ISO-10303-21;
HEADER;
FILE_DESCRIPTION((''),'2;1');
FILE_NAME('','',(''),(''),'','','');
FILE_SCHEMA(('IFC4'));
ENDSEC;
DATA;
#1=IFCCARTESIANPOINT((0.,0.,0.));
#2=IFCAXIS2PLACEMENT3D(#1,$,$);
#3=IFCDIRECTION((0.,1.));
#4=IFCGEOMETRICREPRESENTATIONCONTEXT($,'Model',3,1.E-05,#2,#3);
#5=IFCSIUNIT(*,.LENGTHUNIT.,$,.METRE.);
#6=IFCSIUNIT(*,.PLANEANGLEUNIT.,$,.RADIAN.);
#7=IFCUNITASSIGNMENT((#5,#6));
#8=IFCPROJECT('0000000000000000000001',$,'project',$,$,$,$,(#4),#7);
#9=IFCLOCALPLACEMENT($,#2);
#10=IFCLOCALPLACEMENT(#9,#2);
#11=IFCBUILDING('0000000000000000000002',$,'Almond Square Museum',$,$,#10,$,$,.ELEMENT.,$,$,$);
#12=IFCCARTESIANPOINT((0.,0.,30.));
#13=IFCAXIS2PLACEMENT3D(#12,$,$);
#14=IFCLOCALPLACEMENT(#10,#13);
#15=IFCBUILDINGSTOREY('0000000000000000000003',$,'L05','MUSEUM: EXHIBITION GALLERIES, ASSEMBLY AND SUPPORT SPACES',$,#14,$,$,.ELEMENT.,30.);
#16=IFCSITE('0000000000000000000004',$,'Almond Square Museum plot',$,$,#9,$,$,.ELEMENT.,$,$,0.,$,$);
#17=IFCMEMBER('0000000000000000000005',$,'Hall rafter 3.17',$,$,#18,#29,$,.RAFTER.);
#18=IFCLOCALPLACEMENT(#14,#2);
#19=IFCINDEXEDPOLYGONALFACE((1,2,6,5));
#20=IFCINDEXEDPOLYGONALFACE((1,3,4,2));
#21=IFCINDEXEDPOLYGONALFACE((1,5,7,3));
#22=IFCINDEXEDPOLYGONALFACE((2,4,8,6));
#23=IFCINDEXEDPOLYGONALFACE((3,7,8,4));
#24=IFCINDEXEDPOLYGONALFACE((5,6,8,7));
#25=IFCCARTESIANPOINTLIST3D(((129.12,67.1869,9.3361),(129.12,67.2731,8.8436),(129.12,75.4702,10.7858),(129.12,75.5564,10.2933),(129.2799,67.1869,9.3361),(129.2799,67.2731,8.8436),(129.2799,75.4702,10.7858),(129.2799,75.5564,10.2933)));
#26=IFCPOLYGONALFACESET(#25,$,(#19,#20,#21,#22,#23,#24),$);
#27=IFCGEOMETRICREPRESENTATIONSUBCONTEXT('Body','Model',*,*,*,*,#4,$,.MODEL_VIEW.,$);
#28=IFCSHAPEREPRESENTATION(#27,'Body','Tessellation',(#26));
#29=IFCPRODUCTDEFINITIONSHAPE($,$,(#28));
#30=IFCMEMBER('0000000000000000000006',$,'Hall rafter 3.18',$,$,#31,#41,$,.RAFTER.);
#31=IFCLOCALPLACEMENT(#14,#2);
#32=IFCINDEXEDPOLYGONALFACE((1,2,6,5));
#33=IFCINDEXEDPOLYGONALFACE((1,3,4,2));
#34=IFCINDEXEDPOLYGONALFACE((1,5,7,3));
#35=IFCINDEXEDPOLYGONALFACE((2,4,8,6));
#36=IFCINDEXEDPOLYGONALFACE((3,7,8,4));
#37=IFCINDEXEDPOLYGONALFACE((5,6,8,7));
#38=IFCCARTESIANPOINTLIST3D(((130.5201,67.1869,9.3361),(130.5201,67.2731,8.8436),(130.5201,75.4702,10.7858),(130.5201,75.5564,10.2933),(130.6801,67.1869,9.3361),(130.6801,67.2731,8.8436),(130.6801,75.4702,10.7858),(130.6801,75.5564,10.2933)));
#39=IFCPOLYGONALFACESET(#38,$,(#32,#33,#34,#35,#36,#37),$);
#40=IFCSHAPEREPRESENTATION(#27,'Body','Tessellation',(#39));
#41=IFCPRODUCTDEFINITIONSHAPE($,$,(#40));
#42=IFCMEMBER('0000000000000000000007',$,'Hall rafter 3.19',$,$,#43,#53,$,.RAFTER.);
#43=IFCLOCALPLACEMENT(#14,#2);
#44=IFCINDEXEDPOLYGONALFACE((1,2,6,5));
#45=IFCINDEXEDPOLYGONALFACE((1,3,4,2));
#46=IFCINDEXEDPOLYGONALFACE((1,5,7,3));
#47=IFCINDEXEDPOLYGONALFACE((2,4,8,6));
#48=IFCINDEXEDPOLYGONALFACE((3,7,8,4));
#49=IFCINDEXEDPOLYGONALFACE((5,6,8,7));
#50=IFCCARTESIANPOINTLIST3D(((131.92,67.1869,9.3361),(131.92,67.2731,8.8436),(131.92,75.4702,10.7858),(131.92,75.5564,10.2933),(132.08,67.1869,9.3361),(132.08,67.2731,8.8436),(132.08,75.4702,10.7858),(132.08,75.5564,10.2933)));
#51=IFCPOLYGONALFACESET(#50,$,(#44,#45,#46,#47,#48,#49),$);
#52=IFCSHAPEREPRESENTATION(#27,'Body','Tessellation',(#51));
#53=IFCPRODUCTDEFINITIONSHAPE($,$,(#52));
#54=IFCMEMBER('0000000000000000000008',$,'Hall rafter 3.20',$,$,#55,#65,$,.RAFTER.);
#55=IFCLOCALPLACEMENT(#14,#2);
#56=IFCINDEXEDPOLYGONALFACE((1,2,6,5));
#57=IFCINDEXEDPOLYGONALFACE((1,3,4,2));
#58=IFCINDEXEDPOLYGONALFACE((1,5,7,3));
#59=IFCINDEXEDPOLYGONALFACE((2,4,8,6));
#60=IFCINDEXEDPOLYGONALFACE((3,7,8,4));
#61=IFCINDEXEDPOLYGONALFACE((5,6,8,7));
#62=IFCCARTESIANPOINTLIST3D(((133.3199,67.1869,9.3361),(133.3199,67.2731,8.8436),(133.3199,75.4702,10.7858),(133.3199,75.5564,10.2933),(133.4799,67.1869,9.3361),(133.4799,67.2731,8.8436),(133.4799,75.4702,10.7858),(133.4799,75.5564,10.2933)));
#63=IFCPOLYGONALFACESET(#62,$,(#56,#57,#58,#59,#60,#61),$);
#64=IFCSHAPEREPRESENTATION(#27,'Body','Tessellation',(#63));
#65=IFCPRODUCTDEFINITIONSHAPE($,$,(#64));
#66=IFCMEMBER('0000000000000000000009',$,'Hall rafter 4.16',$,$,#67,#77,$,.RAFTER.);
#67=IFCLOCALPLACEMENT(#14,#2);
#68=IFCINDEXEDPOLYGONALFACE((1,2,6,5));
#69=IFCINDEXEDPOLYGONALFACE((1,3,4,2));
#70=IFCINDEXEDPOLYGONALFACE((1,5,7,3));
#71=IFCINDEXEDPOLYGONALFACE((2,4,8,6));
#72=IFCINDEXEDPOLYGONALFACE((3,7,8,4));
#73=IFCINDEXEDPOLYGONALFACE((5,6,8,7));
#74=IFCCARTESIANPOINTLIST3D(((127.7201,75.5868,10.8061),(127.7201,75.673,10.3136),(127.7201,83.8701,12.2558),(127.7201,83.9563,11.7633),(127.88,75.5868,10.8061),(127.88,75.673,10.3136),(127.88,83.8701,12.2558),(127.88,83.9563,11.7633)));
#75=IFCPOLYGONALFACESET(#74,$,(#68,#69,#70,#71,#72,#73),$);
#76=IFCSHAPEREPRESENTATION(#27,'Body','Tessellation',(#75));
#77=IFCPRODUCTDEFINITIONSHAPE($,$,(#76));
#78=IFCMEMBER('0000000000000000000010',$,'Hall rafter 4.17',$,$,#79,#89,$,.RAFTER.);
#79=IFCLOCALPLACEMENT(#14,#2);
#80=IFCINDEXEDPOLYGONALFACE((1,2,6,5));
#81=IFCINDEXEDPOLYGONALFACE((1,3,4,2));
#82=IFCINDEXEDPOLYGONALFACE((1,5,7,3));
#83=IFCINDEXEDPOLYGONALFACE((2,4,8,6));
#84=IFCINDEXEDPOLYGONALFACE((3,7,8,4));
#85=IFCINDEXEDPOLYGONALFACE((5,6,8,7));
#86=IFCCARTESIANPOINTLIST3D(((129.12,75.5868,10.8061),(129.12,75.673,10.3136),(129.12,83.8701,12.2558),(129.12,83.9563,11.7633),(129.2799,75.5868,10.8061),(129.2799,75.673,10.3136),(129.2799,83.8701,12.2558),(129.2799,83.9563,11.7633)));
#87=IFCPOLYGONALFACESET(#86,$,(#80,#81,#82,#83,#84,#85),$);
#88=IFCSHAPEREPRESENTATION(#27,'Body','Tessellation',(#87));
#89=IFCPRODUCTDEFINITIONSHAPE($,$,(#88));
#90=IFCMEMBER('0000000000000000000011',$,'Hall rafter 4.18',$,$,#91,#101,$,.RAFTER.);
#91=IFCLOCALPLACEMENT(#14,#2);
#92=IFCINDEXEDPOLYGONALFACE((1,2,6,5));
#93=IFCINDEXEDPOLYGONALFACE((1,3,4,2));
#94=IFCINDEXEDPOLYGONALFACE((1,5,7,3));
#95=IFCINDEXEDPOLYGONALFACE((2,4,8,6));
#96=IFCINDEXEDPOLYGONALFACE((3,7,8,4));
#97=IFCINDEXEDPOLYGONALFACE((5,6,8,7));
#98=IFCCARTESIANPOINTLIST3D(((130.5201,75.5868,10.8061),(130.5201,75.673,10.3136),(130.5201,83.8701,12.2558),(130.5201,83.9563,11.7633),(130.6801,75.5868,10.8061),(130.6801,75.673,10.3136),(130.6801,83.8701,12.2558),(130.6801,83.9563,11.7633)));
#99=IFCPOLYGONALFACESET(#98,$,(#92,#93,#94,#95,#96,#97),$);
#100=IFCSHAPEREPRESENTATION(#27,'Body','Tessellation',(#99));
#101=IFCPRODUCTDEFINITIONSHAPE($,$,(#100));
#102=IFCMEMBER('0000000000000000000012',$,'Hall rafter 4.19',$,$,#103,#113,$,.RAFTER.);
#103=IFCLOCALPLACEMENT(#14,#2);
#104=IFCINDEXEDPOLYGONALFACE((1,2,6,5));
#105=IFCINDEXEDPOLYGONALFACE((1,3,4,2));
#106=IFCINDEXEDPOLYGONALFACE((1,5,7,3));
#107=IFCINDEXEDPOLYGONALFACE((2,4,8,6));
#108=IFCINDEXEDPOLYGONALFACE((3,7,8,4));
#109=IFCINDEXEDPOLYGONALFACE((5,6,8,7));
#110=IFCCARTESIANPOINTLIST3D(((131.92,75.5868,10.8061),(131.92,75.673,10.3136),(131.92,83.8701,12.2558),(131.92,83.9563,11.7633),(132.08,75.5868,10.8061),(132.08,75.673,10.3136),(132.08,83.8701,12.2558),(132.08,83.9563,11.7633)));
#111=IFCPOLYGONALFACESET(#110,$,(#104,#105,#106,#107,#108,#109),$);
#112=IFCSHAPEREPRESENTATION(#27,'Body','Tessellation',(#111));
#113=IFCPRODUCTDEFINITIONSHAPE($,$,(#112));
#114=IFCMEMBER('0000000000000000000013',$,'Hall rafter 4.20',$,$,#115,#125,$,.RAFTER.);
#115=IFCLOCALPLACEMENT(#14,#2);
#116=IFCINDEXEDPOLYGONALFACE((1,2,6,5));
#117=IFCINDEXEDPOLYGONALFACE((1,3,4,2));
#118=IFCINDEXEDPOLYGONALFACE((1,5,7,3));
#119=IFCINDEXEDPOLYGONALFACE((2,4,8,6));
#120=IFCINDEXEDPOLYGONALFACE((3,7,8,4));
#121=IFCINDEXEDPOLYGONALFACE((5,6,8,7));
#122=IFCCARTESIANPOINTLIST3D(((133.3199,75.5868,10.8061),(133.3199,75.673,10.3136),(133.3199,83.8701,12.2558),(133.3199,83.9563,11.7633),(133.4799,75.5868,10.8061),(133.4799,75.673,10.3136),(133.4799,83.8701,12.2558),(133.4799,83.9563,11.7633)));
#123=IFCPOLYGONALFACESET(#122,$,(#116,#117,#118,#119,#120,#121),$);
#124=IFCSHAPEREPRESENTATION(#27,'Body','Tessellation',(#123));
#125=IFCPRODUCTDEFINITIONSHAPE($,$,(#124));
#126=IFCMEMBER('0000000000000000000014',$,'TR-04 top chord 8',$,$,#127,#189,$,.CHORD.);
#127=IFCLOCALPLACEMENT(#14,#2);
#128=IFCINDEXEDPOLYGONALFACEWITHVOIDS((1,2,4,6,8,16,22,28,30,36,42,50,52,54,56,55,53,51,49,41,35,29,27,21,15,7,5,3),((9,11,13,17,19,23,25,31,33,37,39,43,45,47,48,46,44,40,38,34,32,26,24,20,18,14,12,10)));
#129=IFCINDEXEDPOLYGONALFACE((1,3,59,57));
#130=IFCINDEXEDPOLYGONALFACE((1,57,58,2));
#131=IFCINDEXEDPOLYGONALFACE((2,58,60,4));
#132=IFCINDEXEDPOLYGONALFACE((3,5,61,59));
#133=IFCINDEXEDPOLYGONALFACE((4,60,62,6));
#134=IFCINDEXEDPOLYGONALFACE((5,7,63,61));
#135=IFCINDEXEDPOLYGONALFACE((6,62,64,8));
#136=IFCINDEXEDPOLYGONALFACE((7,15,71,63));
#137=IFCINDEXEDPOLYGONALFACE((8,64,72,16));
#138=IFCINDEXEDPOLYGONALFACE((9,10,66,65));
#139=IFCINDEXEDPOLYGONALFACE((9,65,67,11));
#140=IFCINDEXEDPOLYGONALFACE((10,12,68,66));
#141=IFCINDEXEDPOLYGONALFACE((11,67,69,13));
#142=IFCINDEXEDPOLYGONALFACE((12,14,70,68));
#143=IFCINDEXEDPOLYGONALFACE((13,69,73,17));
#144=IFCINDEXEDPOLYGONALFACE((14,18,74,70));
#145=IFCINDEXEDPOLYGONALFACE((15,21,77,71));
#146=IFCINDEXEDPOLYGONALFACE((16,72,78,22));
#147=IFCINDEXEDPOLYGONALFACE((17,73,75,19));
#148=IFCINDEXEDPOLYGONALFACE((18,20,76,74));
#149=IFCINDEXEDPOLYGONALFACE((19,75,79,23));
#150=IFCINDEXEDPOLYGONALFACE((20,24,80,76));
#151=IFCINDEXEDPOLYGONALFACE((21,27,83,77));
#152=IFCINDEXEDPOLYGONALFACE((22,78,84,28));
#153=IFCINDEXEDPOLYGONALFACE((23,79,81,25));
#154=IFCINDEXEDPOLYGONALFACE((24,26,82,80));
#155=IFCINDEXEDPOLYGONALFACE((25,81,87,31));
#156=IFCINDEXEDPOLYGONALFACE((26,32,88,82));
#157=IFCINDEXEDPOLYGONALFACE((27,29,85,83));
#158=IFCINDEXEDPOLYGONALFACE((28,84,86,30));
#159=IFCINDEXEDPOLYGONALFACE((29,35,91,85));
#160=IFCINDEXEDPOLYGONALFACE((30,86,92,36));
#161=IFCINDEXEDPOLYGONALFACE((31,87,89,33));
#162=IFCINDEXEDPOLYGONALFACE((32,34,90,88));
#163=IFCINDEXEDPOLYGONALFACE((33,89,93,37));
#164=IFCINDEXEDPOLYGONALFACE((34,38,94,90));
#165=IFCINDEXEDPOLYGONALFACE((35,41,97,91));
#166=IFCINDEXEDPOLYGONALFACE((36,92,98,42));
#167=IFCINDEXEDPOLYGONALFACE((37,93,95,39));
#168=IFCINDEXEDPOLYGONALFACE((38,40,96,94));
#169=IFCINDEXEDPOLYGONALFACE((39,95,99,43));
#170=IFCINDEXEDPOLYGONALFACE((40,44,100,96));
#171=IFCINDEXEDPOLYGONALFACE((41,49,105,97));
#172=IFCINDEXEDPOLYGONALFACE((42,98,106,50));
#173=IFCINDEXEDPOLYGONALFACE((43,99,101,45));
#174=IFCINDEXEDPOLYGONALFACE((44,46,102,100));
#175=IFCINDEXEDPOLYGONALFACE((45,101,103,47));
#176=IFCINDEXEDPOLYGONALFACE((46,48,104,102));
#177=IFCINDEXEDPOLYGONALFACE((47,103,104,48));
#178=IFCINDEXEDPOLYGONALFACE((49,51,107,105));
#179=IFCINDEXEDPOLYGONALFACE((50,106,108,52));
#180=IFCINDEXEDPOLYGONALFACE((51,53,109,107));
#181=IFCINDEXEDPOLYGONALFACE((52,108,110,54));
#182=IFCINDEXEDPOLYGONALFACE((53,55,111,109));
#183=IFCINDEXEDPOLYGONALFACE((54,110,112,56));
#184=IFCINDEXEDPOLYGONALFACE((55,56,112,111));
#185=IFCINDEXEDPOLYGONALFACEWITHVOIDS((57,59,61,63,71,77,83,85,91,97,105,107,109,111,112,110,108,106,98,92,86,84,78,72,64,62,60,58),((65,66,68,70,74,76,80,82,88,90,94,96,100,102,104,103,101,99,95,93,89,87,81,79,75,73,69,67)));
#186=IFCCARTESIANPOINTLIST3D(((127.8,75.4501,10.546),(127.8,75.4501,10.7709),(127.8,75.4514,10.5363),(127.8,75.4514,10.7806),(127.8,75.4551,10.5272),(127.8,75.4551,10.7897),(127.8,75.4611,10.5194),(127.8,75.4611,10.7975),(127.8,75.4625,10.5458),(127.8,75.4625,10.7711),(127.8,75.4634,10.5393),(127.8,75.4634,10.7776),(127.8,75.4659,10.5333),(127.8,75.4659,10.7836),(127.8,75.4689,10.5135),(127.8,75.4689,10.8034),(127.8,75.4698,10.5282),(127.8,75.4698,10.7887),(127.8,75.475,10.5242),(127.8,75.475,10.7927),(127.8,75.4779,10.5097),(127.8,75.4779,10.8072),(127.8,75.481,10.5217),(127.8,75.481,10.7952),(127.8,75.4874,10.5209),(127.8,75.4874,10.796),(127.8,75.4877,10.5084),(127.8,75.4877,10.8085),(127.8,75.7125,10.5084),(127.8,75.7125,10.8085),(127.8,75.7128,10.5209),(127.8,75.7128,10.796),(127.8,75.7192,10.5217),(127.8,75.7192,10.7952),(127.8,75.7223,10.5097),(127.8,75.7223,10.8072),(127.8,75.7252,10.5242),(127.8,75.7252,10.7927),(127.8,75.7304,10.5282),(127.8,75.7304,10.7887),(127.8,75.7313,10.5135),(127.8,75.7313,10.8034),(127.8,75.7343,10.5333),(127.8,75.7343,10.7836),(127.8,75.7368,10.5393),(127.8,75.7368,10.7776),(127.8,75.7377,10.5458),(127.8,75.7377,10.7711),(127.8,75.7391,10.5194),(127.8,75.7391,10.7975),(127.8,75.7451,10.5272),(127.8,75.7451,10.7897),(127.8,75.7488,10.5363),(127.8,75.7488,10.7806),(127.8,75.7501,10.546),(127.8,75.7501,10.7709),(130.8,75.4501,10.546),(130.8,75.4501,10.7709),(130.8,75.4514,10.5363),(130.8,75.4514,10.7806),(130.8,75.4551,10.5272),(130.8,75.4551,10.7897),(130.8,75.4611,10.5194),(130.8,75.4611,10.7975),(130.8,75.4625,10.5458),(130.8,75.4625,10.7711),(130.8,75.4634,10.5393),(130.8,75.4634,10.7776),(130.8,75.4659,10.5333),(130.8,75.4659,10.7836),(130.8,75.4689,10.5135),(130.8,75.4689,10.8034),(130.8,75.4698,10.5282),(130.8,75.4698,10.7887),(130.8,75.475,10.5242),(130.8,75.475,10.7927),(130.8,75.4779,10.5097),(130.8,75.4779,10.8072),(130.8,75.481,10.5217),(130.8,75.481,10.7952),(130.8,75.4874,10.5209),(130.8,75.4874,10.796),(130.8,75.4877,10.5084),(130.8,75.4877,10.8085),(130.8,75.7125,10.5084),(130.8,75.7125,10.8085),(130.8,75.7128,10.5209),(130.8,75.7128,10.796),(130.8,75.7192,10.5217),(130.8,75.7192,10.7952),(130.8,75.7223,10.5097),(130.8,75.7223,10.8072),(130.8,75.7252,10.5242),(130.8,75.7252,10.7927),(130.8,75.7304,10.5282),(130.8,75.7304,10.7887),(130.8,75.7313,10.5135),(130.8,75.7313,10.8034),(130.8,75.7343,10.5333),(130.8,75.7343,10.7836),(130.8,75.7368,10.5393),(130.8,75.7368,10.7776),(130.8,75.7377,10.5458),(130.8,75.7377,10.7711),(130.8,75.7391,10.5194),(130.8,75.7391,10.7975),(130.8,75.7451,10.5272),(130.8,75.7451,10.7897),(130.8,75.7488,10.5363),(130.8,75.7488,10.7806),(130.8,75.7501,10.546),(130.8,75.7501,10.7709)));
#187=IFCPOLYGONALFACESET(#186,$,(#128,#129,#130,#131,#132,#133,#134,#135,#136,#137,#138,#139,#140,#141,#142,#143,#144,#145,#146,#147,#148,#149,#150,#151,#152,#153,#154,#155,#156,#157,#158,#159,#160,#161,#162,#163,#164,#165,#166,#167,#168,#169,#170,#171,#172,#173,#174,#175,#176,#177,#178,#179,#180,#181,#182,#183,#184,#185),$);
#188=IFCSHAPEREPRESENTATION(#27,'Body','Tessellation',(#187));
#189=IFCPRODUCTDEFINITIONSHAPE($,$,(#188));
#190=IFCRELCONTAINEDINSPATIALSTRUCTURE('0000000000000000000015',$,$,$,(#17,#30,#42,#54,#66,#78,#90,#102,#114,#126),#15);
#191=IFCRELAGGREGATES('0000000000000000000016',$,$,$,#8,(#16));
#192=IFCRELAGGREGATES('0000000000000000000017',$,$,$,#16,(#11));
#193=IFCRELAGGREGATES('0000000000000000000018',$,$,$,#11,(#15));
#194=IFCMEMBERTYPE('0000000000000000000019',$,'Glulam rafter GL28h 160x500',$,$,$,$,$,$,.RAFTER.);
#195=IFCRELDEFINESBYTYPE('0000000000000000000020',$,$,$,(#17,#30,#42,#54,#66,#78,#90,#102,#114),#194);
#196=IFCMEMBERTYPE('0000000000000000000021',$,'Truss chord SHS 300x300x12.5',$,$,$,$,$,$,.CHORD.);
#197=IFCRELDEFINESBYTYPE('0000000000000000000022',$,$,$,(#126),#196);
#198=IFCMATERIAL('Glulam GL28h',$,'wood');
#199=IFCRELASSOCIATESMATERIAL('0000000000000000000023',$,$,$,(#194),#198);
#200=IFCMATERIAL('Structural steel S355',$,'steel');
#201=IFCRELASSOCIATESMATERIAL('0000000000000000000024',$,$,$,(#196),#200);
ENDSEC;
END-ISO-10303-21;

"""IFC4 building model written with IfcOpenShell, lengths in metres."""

from ifc_helpers import new_model, si_unit, direction, frame, origin, origin_2d, place, context, subcontext, project, spatial, rectangle, hollow_rectangle, extrude, material, material_profile, profile_set, type_object, element, save


model = new_model("IFC4")

# Units and contexts
model_context = context("Model", 3, precision=1e-05, world=origin(), true_north=direction((0.0, 1.0)))
body_context = subcontext(model_context, "Body", "Model", "MODEL_VIEW")
ifc_project = project(units=[si_unit("LENGTHUNIT", "METRE"), si_unit("PLANEANGLEUNIT", "RADIAN")], contexts=[model_context])

# Site, building, storey
site_placement = place(None, origin())
site = spatial("IfcSite", under=ifc_project, at=site_placement, Name="Almond Square Museum plot", CompositionType="ELEMENT", RefElevation=0.0)
building_placement = place(site_placement, origin())
building = spatial("IfcBuilding", under=site, at=building_placement, Name="Almond Square Museum", CompositionType="ELEMENT")
storey_placement = place(building_placement, frame((0.0, 0.0, 30.0)))
storey = spatial("IfcBuildingStorey", under=building, at=storey_placement, Name="L05", Description="MUSEUM: EXHIBITION GALLERIES, ASSEMBLY AND SUPPORT SPACES", CompositionType="ELEMENT", Elevation=30.0)

# Members
ifc_material_1 = material(Name="Glulam GL28h", Category="wood")
ifc_material_profile_1 = material_profile(ifc_material_1, rectangle(XDim=0.1599, YDim=0.5, at=origin_2d()))
ifc_profile_set_1 = profile_set([ifc_material_profile_1], Name="Glulam GL28h")
member_type_1 = type_object("IfcMemberType", Name="Glulam rafter GL28h 160x500", PredefinedType="RAFTER", material=ifc_profile_set_1)
for number, where, z_axis, x_axis, name in (
    (1, (129.2, 67.23, 9.0898), (0.0, 0.985028, 0.172397), (-1.0, 0.0, 0.0), "Hall rafter 3.17"),
    (2, (130.6001, 67.23, 9.0898), (0.0, 0.985028, 0.172397), (-1.0, 0.0, 0.0), "Hall rafter 3.18"),
    (3, (132.0, 67.23, 9.0898), (0.0, 0.985028, 0.172397), (-1.0, 0.0, 0.0), "Hall rafter 3.19"),
    (4, (133.3999, 67.23, 9.0898), (0.0, 0.985028, 0.172397), (-1.0, 0.0, 0.0), "Hall rafter 3.20"),
    (5, (127.8, 75.6299, 10.5598), (0.0, 0.985028, 0.172397), (-1.0, 0.0, 0.0), "Hall rafter 4.16"),
    (6, (129.2, 75.6299, 10.5598), (0.0, 0.985028, 0.172397), (-1.0, 0.0, 0.0), "Hall rafter 4.17"),
    (7, (130.6001, 75.6299, 10.5598), (0.0, 0.985028, 0.172397), (-1.0, 0.0, 0.0), "Hall rafter 4.18"),
    (8, (132.0, 75.6299, 10.5598), (0.0, 0.985028, 0.172397), (-1.0, 0.0, 0.0), "Hall rafter 4.19"),
    (9, (133.3999, 75.6299, 10.5598), (0.0, 0.985028, 0.172397), (-1.0, 0.0, 0.0), "Hall rafter 4.20"),
):
    element("IfcMember", number, at=place(storey_placement, frame(where, z_axis=z_axis, x_axis=x_axis)), inside=storey, type_object=member_type_1, Name=name, PredefinedType="RAFTER", context=body_context, shape_type="SweptSolid", body=[
        extrude(rectangle(XDim=0.1599, YDim=0.5, at=origin_2d()), origin(), (0.0, 0.0, 1.0), 8.4092),
    ])
ifc_material_2 = material(Name="Structural steel S355", Category="steel")
ifc_material_profile_2 = material_profile(ifc_material_2, hollow_rectangle(XDim=0.3, YDim=0.3, WallThickness=0.0125, InnerFilletRadius=0.0249, OuterFilletRadius=0.0376, at=origin_2d()))
ifc_profile_set_2 = profile_set([ifc_material_profile_2], Name="Structural steel S355")
member_type_2 = type_object("IfcMemberType", Name="Truss chord SHS 300x300x12.5", PredefinedType="CHORD", material=ifc_profile_set_2)
for number, where, z_axis, x_axis, name in (
    (10, (127.8, 75.6001, 10.6584), (1.0, 0.0, 0.0), (0.0, 1.0, 0.0), "TR-04 top chord 8"),
):
    element("IfcMember", number, at=place(storey_placement, frame(where, z_axis=z_axis, x_axis=x_axis)), inside=storey, type_object=member_type_2, Name=name, PredefinedType="CHORD", context=body_context, shape_type="SweptSolid", body=[
        extrude(hollow_rectangle(XDim=0.3, YDim=0.3, WallThickness=0.0125, InnerFilletRadius=0.0249, OuterFilletRadius=0.0376, at=origin_2d()), origin(), (0.0, 0.0, 1.0), 3.0),
    ])

save(model, "model.ifc")
